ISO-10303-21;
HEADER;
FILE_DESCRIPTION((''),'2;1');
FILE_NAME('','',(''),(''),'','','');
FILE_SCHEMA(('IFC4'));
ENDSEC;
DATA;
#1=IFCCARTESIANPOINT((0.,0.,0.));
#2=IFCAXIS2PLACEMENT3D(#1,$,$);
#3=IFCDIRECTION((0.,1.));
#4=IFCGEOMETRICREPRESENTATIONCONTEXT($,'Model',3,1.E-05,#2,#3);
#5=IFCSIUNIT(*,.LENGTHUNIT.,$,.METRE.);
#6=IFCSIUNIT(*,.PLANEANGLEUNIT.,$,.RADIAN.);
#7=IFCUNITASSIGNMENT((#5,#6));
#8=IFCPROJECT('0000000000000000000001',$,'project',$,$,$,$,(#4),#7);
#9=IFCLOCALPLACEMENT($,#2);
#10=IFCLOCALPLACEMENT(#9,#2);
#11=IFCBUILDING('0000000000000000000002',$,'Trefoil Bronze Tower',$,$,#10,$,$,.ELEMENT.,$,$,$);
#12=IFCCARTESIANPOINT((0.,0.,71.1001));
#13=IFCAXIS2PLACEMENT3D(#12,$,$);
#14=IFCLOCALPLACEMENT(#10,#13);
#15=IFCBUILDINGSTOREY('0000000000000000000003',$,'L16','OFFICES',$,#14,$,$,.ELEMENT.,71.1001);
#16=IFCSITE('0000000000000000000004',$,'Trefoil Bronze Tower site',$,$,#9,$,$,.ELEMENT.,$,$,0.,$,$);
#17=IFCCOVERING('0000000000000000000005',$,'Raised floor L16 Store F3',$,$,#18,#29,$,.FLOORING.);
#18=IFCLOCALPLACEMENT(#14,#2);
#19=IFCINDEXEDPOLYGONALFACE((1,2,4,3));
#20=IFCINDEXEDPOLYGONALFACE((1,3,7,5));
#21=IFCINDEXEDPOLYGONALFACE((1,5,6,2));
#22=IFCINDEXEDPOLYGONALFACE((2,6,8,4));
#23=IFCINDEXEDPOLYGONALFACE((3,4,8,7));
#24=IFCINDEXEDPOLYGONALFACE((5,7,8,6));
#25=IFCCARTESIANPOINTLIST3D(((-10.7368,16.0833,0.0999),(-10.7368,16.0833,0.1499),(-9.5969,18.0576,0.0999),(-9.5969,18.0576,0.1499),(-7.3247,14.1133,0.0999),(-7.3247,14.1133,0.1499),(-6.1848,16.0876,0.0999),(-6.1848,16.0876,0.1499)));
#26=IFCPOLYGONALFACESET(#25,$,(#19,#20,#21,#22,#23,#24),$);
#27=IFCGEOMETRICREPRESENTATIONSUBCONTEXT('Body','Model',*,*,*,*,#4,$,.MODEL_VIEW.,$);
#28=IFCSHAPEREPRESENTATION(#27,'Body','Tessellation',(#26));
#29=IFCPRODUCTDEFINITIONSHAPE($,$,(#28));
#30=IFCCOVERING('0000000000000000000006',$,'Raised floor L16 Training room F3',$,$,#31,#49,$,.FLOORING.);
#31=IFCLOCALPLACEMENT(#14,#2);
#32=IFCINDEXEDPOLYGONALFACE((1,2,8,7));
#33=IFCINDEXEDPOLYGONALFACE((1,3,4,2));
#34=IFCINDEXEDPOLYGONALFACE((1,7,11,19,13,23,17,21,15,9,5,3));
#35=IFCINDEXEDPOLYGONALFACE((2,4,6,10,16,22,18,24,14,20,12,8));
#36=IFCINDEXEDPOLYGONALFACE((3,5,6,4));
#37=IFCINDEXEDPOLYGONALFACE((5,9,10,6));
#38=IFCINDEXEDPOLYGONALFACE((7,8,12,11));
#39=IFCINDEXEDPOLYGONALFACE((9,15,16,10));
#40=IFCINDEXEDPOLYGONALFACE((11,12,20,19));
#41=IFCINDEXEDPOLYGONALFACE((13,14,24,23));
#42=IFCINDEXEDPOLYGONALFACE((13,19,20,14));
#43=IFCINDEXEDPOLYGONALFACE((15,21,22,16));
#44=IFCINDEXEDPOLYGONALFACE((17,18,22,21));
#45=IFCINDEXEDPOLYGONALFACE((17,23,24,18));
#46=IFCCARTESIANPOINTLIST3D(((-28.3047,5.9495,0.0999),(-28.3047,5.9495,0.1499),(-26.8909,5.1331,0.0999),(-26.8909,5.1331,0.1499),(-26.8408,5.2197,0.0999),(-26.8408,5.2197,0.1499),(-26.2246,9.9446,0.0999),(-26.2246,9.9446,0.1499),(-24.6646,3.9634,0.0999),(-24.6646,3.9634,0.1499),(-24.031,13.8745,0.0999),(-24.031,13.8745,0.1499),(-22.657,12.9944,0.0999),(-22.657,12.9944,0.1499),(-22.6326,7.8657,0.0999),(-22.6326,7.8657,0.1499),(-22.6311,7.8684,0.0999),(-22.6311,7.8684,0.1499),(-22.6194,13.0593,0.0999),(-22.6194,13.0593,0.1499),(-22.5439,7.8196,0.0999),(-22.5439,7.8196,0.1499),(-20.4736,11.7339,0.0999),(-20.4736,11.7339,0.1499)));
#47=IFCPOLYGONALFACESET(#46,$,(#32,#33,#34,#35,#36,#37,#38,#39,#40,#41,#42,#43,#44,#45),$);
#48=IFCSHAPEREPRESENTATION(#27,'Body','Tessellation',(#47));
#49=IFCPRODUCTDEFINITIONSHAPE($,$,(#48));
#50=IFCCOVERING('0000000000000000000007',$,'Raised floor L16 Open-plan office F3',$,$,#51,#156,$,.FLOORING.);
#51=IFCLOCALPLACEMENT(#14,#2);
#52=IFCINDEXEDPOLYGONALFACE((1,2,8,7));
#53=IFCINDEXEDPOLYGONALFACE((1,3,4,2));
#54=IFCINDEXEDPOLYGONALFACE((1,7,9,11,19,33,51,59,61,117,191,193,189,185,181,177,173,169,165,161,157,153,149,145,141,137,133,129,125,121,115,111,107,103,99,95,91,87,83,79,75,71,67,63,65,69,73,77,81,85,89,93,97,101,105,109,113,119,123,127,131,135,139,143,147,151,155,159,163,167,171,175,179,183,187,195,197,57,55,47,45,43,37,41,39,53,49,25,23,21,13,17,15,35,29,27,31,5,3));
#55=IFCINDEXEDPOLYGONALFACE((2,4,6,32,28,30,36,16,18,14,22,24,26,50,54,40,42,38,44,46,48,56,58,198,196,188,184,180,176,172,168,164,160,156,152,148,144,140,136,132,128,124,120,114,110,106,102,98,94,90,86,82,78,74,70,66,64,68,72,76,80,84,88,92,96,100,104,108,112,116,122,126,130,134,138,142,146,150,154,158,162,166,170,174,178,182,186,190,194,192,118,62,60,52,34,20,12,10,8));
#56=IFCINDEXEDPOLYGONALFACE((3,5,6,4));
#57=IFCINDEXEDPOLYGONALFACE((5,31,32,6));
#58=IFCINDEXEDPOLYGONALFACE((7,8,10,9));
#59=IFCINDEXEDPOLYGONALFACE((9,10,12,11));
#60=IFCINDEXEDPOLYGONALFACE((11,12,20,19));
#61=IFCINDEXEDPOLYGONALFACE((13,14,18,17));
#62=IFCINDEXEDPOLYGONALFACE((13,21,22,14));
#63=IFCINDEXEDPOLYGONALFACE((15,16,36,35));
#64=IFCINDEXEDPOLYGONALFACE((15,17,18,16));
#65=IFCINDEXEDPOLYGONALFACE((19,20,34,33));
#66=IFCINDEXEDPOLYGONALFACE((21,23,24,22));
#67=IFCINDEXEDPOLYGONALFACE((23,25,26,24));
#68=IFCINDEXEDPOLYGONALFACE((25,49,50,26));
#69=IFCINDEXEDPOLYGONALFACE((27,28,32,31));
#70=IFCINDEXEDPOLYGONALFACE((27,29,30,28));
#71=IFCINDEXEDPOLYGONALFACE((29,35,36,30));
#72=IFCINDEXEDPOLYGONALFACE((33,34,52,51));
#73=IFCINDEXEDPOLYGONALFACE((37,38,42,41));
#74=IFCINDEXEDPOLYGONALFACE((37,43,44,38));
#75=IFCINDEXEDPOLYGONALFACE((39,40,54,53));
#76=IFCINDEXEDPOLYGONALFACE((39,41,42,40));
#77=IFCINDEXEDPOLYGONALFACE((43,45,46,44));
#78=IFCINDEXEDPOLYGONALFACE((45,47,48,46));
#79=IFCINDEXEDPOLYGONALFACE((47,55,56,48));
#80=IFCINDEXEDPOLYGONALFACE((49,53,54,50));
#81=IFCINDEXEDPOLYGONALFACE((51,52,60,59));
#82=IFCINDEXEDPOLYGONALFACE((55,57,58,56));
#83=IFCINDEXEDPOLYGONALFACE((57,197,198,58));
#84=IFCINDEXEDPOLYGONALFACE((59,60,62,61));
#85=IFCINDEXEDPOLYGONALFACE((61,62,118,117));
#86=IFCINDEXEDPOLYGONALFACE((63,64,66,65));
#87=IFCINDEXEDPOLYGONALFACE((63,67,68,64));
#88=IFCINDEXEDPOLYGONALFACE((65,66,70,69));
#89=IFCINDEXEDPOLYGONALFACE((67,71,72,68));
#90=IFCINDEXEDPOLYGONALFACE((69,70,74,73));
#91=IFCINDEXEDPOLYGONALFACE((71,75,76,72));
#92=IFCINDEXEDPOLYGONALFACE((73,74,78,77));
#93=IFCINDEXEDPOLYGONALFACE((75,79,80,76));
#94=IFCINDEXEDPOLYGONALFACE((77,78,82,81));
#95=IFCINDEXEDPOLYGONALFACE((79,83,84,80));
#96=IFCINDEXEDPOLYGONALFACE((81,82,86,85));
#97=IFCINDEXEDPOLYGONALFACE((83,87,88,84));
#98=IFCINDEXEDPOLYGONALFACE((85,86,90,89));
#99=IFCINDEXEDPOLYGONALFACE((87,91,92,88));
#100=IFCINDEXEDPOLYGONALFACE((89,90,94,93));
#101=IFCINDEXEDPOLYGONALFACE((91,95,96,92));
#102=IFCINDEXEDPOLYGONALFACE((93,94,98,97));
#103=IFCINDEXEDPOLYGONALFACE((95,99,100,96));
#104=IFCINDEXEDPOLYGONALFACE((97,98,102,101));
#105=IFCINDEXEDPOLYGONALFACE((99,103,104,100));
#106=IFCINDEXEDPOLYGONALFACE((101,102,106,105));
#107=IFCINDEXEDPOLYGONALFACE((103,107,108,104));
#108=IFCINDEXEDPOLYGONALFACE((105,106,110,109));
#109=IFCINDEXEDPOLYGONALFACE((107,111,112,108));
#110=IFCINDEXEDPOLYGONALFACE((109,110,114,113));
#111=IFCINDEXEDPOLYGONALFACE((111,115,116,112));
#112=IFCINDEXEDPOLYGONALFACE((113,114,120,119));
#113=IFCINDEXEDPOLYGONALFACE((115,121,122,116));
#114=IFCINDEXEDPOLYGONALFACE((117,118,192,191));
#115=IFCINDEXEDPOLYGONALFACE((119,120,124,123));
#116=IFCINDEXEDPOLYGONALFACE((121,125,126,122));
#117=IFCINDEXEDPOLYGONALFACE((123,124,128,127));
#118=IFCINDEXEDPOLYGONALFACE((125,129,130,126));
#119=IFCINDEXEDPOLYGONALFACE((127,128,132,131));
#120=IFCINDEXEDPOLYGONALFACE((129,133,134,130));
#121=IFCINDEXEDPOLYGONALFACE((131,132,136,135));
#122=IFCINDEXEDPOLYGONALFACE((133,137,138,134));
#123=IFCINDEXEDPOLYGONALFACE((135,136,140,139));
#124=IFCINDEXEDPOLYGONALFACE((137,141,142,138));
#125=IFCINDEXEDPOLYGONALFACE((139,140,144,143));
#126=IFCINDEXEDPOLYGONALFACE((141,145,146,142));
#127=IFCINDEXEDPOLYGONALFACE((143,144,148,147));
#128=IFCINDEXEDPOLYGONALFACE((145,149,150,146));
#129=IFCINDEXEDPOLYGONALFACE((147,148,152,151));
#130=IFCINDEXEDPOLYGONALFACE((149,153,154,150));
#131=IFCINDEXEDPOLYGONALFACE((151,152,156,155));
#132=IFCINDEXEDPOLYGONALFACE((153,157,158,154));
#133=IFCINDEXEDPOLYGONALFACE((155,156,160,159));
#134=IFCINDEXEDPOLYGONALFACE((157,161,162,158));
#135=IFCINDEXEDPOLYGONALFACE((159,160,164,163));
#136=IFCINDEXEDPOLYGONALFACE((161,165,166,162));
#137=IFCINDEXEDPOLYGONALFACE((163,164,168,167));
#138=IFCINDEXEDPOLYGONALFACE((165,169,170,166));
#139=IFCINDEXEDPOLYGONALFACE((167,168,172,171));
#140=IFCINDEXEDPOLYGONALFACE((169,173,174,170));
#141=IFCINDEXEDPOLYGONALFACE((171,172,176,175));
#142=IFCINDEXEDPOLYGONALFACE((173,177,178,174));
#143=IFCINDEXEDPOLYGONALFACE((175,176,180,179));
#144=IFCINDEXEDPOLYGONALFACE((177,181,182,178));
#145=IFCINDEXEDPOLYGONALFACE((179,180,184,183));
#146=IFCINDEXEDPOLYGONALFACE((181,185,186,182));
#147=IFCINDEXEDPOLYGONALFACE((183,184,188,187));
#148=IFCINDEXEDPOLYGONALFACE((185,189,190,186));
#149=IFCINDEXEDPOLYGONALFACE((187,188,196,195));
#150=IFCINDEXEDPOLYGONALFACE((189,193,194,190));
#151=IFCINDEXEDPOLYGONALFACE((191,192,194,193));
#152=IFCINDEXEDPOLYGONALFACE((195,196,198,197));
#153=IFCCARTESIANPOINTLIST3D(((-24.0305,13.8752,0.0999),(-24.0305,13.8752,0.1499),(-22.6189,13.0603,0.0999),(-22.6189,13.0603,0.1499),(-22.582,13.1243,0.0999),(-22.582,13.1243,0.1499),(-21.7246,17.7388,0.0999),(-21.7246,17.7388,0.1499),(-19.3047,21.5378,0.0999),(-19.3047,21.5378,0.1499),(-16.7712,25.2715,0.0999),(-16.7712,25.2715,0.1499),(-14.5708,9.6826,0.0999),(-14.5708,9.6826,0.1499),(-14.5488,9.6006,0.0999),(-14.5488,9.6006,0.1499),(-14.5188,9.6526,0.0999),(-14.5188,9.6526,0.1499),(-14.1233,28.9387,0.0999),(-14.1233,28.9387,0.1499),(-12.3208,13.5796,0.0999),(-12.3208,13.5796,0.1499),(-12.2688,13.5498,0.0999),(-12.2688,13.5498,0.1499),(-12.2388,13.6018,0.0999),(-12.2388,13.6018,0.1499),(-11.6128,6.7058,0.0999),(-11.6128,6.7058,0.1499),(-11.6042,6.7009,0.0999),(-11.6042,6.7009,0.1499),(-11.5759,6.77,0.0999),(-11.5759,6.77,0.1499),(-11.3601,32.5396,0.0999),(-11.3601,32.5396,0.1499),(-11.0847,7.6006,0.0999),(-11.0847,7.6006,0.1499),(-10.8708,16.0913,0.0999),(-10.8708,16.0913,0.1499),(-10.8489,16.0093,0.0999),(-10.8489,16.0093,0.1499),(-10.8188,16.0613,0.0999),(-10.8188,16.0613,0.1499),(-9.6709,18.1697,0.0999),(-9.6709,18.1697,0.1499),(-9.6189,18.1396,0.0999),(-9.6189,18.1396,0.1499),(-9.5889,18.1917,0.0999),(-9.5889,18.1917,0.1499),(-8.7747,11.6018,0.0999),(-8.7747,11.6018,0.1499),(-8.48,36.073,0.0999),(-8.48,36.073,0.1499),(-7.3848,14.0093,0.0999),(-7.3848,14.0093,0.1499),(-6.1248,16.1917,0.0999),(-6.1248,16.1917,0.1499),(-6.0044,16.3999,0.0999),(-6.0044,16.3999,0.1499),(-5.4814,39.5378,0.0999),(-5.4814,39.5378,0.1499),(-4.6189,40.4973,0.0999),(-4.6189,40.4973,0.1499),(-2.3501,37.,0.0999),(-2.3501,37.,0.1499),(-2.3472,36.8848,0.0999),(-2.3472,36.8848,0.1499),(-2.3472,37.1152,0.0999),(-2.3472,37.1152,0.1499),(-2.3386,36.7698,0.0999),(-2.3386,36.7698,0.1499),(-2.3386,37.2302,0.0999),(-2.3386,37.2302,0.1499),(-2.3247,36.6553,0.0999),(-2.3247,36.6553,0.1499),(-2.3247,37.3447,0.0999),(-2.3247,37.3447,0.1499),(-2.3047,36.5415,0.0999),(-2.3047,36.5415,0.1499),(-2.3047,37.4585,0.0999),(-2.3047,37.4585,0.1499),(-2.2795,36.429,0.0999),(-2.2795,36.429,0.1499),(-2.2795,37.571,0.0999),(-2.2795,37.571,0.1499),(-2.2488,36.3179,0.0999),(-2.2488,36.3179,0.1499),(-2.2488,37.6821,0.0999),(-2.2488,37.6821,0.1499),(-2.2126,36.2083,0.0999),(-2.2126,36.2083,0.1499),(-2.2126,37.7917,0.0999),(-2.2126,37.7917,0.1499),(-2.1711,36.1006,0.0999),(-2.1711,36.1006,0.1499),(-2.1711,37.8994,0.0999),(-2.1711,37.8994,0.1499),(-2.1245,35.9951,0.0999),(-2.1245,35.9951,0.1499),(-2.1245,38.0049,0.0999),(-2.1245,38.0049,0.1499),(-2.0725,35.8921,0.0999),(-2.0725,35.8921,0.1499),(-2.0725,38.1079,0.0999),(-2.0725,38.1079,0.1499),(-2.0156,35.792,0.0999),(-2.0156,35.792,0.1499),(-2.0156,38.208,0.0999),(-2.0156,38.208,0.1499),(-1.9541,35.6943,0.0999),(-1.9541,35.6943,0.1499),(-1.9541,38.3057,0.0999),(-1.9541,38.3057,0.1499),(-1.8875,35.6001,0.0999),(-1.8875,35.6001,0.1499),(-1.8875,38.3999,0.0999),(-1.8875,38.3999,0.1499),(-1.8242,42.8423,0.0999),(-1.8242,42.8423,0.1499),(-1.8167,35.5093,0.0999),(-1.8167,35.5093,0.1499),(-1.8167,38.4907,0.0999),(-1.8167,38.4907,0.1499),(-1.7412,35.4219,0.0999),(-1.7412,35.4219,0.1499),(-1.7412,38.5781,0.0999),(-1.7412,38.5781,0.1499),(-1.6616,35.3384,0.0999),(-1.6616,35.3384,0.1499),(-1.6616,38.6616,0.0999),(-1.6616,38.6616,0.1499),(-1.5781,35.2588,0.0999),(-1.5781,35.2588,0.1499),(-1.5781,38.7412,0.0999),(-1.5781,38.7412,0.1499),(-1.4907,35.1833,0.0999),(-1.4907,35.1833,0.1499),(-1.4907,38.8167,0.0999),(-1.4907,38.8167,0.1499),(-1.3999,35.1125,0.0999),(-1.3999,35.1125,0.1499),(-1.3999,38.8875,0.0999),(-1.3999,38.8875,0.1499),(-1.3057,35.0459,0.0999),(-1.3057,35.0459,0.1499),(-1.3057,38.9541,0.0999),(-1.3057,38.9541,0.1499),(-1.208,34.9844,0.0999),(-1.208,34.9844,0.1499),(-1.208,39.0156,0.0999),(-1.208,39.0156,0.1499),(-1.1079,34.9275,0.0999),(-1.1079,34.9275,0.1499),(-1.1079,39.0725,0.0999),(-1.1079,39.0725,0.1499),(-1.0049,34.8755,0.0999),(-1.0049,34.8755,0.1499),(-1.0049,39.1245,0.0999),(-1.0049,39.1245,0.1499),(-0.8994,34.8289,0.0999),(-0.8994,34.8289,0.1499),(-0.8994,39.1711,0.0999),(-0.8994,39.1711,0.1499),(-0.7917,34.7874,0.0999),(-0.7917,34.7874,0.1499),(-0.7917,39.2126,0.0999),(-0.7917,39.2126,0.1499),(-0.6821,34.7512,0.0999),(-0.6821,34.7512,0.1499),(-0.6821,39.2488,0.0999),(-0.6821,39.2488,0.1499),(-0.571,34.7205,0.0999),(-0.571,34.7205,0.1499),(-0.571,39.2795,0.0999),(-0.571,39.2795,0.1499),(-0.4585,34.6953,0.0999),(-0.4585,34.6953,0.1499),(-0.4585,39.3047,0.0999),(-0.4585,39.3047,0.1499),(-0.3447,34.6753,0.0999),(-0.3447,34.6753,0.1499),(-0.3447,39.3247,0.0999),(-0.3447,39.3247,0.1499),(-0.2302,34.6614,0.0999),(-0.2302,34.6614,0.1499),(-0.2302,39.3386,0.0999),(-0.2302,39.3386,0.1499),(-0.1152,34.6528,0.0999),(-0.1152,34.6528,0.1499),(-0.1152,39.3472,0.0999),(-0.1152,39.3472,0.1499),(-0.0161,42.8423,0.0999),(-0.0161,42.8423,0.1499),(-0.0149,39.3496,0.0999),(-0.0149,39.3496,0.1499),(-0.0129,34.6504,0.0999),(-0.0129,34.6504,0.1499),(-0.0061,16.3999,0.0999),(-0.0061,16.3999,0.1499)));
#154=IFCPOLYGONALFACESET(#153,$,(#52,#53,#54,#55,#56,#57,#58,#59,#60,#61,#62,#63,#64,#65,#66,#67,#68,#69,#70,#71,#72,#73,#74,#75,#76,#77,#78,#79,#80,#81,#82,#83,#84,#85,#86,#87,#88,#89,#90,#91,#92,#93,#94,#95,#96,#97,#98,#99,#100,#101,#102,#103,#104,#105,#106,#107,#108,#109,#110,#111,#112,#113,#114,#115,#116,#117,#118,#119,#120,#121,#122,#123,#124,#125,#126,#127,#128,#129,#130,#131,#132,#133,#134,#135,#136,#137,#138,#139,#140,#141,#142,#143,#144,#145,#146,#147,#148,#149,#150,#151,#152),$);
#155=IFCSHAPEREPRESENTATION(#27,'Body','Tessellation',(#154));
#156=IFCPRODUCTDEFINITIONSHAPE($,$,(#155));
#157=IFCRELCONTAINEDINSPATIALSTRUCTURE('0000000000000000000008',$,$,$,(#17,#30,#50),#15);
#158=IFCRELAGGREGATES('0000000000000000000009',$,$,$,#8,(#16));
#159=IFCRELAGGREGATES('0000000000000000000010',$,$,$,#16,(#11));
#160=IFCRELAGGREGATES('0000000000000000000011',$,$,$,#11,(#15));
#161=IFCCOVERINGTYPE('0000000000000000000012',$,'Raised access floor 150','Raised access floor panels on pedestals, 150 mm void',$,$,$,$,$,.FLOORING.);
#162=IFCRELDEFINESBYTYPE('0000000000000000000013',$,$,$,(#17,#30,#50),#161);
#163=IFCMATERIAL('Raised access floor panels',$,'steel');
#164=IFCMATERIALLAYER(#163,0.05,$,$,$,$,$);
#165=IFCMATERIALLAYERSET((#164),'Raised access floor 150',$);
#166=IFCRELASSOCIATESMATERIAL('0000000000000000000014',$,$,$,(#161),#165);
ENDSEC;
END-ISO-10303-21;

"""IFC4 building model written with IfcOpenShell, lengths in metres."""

from ifc_helpers import new_model, si_unit, direction, frame, origin, place, context, subcontext, project, spatial, polyline, outline, extrude, material, layer, layer_set, type_object, element, save


model = new_model("IFC4")

# Units and contexts
model_context = context("Model", 3, precision=1e-05, world=origin(), true_north=direction((0.0, 1.0)))
body_context = subcontext(model_context, "Body", "Model", "MODEL_VIEW")
ifc_project = project(units=[si_unit("LENGTHUNIT", "METRE"), si_unit("PLANEANGLEUNIT", "RADIAN")], contexts=[model_context])

# Site, building, storey
site_placement = place(None, origin())
site = spatial("IfcSite", under=ifc_project, at=site_placement, Name="Trefoil Bronze Tower site", CompositionType="ELEMENT", RefElevation=0.0)
building_placement = place(site_placement, origin())
building = spatial("IfcBuilding", under=site, at=building_placement, Name="Trefoil Bronze Tower", CompositionType="ELEMENT")
storey_placement = place(building_placement, frame((0.0, 0.0, 71.1001)))
storey = spatial("IfcBuildingStorey", under=building, at=storey_placement, Name="L16", Description="OFFICES", CompositionType="ELEMENT", Elevation=71.1001)

# Coverings
ifc_material_1 = material(Name="Raised access floor panels", Category="steel")
ifc_layer_1 = layer(ifc_material_1, 0.05)
ifc_layer_set_1 = layer_set([ifc_layer_1], Name="Raised access floor 150")
covering_type_1 = type_object("IfcCoveringType", Name="Raised access floor 150", Description="Raised access floor panels on pedestals, 150 mm void", PredefinedType="FLOORING", material=ifc_layer_set_1)
covering_1_placement = place(storey_placement, frame((0.0, 0.0, 0.0999)))
element("IfcCovering", 1, at=covering_1_placement, inside=storey, type_object=covering_type_1, Name="Raised floor L16 Store F3", PredefinedType="FLOORING", context=body_context, shape_type="SweptSolid", body=[
    extrude(outline(polyline([(-7.3247, 14.1133), (-10.7368, 16.0833), (-9.5969, 18.0576), (-6.1848, 16.0876), (-7.3247, 14.1133)])), origin(), (0.0, 0.0, 1.0), 0.05),
])
covering_2_placement = place(storey_placement, frame((0.0, 0.0, 0.0999)))
element("IfcCovering", 2, at=covering_2_placement, inside=storey, type_object=covering_type_1, Name="Raised floor L16 Training room F3", PredefinedType="FLOORING", context=body_context, shape_type="SweptSolid", body=[
    extrude(outline(polyline([(-26.2246, 9.9446), (-24.031, 13.8745), (-22.6194, 13.0593), (-22.657, 12.9944), (-20.4736, 11.7339), (-22.6311, 7.8684), (-22.5439, 7.8196), (-22.6326, 7.8657), (-24.6646, 3.9634), (-26.8408, 5.2197), (-26.8909, 5.1331), (-28.3047, 5.9495), (-26.2246, 9.9446)])), origin(), (0.0, 0.0, 1.0), 0.05),
])
covering_3_placement = place(storey_placement, frame((0.0, 0.0, 0.0999)))
element("IfcCovering", 3, at=covering_3_placement, inside=storey, type_object=covering_type_1, Name="Raised floor L16 Open-plan office F3", PredefinedType="FLOORING", context=body_context, shape_type="SweptSolid", body=[
    extrude(outline(polyline([(-8.7747, 11.6018), (-12.2388, 13.6018), (-12.2688, 13.5498), (-12.3208, 13.5796), (-14.5708, 9.6826), (-14.5188, 9.6526), (-14.5488, 9.6006), (-11.0847, 7.6006), (-11.6042, 6.7009), (-11.6128, 6.7058), (-11.5759, 6.77), (-22.582, 13.1243), (-22.6189, 13.0603), (-24.0305, 13.8752), (-21.7246, 17.7388), (-19.3047, 21.5378), (-16.7712, 25.2715), (-14.1233, 28.9387), (-11.3601, 32.5396), (-8.48, 36.073), (-5.4814, 39.5378), (-4.6189, 40.4973), (-1.8242, 42.8423), (-0.0161, 42.8423), (-0.0149, 39.3496), (-0.1152, 39.3472), (-0.2302, 39.3386), (-0.3447, 39.3247), (-0.4585, 39.3047), (-0.571, 39.2795), (-0.6821, 39.2488), (-0.7917, 39.2126), (-0.8994, 39.1711), (-1.0049, 39.1245), (-1.1079, 39.0725), (-1.208, 39.0156), (-1.3057, 38.9541), (-1.3999, 38.8875), (-1.4907, 38.8167), (-1.5781, 38.7412), (-1.6616, 38.6616), (-1.7412, 38.5781), (-1.8167, 38.4907), (-1.8875, 38.3999), (-1.9541, 38.3057), (-2.0156, 38.208), (-2.0725, 38.1079), (-2.1245, 38.0049), (-2.1711, 37.8994), (-2.2126, 37.7917), (-2.2488, 37.6821), (-2.2795, 37.571), (-2.3047, 37.4585), (-2.3247, 37.3447), (-2.3386, 37.2302), (-2.3472, 37.1152), (-2.3501, 37.0), (-2.3472, 36.8848), (-2.3386, 36.7698), (-2.3247, 36.6553), (-2.3047, 36.5415), (-2.2795, 36.429), (-2.2488, 36.3179), (-2.2126, 36.2083), (-2.1711, 36.1006), (-2.1245, 35.9951), (-2.0725, 35.8921), (-2.0156, 35.792), (-1.9541, 35.6943), (-1.8875, 35.6001), (-1.8167, 35.5093), (-1.7412, 35.4219), (-1.6616, 35.3384), (-1.5781, 35.2588), (-1.4907, 35.1833), (-1.3999, 35.1125), (-1.3057, 35.0459), (-1.208, 34.9844), (-1.1079, 34.9275), (-1.0049, 34.8755), (-0.8994, 34.8289), (-0.7917, 34.7874), (-0.6821, 34.7512), (-0.571, 34.7205), (-0.4585, 34.6953), (-0.3447, 34.6753), (-0.2302, 34.6614), (-0.1152, 34.6528), (-0.0129, 34.6504), (-0.0061, 16.3999), (-6.0044, 16.3999), (-6.1248, 16.1917), (-9.5889, 18.1917), (-9.6189, 18.1396), (-9.6709, 18.1697), (-10.8708, 16.0913), (-10.8188, 16.0613), (-10.8489, 16.0093), (-7.3848, 14.0093), (-8.7747, 11.6018)])), origin(), (0.0, 0.0, 1.0), 0.05),
])

save(model, "model.ifc")
